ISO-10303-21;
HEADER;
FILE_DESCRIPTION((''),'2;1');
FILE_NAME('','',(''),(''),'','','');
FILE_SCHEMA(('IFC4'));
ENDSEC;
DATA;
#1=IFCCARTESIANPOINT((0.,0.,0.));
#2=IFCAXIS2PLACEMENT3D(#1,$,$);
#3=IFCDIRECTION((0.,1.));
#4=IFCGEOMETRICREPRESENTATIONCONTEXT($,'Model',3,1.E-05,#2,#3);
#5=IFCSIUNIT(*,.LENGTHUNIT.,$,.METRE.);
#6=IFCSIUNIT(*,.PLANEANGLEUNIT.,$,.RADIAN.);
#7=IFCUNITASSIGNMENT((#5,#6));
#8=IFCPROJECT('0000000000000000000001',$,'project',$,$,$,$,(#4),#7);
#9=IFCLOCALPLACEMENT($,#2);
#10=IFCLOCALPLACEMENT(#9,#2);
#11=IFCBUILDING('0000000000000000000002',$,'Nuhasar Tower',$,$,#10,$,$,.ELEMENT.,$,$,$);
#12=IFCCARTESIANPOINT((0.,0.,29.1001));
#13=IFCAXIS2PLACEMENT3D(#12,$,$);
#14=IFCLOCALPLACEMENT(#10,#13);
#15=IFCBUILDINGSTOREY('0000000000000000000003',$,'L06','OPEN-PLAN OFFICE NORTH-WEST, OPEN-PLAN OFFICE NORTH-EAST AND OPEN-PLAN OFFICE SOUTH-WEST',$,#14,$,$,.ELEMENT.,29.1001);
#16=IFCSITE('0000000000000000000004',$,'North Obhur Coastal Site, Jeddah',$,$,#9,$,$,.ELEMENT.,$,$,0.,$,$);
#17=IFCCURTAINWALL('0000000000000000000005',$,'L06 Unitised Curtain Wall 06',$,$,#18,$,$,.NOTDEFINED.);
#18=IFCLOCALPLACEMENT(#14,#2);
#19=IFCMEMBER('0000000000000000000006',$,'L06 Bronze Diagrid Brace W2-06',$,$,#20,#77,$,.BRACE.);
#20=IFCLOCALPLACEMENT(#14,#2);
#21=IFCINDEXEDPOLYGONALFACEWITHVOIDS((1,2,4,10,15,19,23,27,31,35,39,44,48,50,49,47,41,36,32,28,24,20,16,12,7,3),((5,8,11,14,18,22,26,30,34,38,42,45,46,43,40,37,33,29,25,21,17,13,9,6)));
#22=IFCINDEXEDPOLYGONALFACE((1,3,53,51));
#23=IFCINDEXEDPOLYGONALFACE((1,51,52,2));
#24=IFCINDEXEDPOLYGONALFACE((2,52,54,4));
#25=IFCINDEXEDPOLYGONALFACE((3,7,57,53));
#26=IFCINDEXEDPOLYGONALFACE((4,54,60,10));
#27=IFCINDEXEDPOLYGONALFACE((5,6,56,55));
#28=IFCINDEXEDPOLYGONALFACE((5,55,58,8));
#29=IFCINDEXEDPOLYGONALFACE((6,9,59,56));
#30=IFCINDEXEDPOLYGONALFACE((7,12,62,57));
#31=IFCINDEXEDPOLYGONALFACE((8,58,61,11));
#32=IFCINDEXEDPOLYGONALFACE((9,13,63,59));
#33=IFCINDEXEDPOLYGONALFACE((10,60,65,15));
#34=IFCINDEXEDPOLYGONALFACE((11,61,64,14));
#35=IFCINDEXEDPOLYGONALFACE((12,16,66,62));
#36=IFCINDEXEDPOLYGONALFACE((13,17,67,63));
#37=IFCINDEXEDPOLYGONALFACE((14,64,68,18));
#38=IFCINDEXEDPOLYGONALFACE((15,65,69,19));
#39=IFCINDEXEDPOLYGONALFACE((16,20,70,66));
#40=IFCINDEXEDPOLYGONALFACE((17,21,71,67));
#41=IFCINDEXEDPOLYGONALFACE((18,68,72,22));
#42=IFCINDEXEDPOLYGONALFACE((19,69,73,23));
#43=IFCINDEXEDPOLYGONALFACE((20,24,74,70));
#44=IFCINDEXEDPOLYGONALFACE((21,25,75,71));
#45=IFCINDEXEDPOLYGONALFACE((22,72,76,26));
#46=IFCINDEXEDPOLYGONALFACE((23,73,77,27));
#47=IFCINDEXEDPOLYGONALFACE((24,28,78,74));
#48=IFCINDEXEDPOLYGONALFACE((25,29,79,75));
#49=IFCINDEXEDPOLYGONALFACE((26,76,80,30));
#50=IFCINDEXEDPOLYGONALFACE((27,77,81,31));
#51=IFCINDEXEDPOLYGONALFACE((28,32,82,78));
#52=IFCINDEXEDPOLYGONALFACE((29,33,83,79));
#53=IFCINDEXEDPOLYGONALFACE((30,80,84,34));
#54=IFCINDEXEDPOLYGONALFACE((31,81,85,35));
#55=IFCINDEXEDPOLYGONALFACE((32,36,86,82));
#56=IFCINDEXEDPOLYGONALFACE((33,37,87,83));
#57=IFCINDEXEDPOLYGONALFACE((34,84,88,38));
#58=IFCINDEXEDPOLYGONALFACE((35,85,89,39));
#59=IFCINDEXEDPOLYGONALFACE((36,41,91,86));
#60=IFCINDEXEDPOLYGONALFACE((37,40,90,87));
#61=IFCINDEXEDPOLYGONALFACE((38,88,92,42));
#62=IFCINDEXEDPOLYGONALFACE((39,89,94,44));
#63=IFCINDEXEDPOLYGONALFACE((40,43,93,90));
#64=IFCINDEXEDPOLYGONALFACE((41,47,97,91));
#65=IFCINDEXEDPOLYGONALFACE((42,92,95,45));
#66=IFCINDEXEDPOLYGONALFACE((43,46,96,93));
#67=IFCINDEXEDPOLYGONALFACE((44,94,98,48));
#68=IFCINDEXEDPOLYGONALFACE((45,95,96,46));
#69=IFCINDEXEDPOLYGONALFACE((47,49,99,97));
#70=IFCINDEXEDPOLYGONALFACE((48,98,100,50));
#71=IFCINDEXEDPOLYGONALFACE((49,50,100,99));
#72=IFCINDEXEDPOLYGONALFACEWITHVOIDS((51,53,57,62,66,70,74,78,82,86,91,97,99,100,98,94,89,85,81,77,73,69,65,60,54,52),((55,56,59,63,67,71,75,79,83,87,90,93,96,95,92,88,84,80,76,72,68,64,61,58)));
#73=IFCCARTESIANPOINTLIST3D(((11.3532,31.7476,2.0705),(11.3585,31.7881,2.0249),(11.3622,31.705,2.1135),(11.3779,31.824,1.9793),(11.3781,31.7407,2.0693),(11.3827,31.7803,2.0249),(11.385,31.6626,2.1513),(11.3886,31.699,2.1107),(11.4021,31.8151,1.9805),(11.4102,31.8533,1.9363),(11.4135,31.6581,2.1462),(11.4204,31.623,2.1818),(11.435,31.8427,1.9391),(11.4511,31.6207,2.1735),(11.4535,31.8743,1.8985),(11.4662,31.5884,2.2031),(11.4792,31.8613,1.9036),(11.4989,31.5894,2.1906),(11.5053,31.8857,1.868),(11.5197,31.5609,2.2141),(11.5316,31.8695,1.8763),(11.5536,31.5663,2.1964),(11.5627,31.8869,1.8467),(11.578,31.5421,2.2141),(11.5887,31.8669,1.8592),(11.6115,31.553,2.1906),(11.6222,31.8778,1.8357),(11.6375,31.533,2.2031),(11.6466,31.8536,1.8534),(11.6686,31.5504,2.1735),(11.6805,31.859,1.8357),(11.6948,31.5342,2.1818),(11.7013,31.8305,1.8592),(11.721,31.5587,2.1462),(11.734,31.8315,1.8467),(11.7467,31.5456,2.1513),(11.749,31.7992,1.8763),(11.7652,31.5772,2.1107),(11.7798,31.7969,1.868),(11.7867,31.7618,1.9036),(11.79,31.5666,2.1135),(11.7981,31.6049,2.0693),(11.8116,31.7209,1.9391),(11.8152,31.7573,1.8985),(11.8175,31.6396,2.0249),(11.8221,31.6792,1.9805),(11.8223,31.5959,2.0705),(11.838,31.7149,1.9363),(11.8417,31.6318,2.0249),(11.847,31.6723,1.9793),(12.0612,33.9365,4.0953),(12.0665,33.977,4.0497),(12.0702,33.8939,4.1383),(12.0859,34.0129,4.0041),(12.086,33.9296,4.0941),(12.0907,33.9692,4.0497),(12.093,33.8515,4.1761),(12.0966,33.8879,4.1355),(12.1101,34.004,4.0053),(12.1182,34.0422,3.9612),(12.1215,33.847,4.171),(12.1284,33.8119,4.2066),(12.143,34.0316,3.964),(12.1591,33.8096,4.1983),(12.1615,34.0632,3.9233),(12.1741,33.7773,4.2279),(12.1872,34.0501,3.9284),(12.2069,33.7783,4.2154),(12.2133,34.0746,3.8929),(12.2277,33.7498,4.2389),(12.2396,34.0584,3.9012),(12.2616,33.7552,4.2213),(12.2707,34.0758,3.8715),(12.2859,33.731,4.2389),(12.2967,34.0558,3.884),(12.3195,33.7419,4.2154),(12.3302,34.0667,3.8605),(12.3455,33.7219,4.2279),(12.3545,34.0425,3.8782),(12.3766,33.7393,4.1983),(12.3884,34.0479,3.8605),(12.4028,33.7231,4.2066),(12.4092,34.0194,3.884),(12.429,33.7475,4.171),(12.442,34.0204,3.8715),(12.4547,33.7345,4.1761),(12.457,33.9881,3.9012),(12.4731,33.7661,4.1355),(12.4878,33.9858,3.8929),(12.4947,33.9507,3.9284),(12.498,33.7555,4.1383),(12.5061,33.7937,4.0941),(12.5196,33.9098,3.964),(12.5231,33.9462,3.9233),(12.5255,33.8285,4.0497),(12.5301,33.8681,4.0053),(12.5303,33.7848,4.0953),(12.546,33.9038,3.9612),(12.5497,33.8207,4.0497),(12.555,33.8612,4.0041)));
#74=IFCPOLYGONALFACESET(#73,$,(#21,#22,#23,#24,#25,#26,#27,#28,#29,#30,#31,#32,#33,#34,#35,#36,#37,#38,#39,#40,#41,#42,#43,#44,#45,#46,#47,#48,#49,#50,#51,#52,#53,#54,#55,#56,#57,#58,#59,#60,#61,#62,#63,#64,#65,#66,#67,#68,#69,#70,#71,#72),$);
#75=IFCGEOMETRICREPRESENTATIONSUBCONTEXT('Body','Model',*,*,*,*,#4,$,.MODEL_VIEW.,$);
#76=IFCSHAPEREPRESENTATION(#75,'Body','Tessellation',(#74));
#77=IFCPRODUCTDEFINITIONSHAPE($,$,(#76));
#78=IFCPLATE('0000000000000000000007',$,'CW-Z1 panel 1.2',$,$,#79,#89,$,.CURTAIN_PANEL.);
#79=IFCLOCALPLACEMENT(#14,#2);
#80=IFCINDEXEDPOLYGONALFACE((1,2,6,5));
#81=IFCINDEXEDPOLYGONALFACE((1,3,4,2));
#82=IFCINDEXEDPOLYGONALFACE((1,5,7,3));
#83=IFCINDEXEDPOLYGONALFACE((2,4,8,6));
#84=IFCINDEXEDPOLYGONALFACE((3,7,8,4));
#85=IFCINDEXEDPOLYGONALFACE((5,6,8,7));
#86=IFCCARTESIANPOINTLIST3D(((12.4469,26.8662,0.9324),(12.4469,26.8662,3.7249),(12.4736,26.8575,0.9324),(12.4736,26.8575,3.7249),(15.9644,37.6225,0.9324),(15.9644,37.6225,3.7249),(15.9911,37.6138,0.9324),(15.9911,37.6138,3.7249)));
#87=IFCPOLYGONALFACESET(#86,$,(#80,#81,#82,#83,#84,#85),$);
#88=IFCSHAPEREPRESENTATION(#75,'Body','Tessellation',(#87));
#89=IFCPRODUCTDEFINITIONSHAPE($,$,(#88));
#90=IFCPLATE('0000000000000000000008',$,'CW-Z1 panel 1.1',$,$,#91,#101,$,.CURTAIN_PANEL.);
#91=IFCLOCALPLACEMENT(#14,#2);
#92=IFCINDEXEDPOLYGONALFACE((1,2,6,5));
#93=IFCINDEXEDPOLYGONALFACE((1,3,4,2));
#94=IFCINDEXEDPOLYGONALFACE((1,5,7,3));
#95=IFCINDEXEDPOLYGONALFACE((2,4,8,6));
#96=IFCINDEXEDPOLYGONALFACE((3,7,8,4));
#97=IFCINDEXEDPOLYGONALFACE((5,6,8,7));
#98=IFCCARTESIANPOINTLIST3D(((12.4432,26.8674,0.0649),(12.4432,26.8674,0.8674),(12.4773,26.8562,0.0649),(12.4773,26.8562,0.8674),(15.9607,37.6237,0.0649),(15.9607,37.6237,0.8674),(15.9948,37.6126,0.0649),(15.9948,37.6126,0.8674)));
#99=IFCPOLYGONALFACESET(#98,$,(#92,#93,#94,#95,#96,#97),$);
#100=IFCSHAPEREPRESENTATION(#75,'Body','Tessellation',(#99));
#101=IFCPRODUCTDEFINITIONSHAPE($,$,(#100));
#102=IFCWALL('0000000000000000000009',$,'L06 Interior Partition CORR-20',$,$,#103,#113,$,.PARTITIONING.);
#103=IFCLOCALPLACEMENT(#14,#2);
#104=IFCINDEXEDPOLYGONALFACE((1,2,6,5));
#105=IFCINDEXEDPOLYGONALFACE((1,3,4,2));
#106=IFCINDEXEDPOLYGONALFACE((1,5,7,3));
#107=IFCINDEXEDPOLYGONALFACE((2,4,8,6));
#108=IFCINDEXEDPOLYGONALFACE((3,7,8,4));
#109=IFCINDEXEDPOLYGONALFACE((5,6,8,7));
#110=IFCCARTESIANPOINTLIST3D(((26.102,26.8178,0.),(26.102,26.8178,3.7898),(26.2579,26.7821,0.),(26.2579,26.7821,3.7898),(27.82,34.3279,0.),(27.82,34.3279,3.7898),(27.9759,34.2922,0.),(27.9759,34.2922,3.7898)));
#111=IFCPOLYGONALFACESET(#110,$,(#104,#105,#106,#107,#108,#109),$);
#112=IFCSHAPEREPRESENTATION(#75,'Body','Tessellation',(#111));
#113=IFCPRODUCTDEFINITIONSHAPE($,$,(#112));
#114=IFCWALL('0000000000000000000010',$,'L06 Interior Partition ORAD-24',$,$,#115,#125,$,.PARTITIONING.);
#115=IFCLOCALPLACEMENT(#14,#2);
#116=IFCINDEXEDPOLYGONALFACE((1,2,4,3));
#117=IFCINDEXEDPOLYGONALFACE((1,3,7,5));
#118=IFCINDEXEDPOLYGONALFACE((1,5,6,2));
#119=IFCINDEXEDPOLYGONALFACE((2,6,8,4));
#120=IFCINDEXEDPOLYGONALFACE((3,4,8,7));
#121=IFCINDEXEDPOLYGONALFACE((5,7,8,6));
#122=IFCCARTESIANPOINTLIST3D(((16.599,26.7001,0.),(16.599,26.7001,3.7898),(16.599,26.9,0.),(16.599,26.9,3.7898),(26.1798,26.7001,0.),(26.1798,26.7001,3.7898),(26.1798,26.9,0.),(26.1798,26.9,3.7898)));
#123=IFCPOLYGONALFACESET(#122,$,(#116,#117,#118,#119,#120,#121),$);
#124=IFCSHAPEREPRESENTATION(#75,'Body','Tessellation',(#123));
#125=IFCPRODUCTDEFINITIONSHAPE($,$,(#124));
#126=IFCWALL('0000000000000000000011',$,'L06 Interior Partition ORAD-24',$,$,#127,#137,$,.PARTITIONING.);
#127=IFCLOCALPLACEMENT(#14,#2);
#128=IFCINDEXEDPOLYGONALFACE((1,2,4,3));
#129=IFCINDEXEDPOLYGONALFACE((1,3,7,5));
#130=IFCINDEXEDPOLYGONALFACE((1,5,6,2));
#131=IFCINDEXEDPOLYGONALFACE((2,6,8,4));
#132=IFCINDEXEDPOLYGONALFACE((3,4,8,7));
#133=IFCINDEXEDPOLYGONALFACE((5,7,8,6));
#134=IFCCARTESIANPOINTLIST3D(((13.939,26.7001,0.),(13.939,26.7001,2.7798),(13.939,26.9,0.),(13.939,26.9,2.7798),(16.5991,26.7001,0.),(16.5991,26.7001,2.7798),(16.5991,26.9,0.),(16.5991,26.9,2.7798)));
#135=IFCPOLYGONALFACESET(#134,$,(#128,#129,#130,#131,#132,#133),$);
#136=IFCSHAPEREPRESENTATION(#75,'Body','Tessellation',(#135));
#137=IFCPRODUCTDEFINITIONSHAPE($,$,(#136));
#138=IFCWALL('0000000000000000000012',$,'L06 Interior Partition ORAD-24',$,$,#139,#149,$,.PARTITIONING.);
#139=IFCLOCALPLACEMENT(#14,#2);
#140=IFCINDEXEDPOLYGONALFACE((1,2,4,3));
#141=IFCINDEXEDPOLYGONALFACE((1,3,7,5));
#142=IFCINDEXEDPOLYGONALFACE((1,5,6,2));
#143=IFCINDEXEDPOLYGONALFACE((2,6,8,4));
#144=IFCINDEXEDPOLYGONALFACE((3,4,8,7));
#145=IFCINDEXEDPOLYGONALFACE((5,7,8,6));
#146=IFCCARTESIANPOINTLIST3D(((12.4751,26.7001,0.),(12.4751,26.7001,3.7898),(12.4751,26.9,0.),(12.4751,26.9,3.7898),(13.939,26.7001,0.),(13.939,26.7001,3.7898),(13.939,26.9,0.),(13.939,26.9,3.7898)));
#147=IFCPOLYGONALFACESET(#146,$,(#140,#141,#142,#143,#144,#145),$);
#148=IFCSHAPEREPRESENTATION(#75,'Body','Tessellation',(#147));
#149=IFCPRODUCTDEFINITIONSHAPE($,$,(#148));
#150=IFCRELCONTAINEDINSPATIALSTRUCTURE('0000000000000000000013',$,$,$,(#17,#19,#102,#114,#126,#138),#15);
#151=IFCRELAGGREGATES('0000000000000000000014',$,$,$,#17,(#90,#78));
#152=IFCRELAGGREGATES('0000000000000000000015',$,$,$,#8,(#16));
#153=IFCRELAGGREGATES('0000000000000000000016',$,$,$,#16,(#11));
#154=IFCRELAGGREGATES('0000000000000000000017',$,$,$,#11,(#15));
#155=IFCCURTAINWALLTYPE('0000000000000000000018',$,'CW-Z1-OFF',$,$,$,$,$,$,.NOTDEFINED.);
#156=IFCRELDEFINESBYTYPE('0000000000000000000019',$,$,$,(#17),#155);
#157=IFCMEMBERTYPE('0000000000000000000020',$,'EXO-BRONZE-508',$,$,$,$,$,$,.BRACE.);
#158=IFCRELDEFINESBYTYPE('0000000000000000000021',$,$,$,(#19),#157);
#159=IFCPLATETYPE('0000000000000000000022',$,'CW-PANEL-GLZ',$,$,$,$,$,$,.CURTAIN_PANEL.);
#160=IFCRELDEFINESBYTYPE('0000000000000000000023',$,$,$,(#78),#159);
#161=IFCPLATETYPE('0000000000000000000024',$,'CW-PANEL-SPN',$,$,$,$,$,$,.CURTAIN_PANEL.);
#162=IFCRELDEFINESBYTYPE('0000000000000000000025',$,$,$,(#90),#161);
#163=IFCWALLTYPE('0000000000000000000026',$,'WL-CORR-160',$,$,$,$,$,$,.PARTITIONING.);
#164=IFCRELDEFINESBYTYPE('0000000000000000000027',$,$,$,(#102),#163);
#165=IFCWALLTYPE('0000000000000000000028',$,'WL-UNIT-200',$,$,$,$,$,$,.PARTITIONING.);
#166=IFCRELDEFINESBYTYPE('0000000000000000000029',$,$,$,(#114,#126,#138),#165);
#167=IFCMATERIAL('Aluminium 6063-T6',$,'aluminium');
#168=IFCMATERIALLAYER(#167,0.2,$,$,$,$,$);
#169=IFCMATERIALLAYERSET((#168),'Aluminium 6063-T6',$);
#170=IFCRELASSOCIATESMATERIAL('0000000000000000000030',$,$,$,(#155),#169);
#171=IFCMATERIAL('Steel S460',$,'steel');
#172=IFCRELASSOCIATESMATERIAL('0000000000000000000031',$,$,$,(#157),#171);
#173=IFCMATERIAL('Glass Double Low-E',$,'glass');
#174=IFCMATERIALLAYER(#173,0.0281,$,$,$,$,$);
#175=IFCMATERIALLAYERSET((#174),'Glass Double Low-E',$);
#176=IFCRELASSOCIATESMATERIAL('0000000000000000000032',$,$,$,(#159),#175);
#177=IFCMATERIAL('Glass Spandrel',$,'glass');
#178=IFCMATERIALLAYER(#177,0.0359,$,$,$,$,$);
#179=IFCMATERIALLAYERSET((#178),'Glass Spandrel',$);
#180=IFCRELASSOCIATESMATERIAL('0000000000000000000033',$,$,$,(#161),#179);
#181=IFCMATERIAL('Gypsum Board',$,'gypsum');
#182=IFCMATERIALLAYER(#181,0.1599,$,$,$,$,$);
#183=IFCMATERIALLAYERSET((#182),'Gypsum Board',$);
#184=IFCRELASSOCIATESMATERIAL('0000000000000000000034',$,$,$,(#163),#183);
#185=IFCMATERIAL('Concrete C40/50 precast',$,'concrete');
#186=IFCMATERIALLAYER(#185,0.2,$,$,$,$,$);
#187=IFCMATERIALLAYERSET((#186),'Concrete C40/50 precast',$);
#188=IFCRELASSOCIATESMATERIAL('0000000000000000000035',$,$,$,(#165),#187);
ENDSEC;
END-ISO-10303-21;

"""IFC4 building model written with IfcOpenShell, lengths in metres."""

from ifc_helpers import new_model, si_unit, direction, frame, frame_2d, origin, origin_2d, place, context, subcontext, project, spatial, rectangle, hollow_circle, extrude, material, layer, layer_set, material_profile, profile_set, type_object, element, aggregate, save


model = new_model("IFC4")

# Units and contexts
model_context = context("Model", 3, precision=1e-05, world=origin(), true_north=direction((0.0, 1.0)))
body_context = subcontext(model_context, "Body", "Model", "MODEL_VIEW")
ifc_project = project(units=[si_unit("LENGTHUNIT", "METRE"), si_unit("PLANEANGLEUNIT", "RADIAN")], contexts=[model_context])

# Site, building, storey
site_placement = place(None, origin())
site = spatial("IfcSite", under=ifc_project, at=site_placement, Name="North Obhur Coastal Site, Jeddah", CompositionType="ELEMENT", RefElevation=0.0)
building_placement = place(site_placement, origin())
building = spatial("IfcBuilding", under=site, at=building_placement, Name="Nuhasar Tower", CompositionType="ELEMENT")
storey_placement = place(building_placement, frame((0.0, 0.0, 29.1001)))
storey = spatial("IfcBuildingStorey", under=building, at=storey_placement, Name="L06", Description="OPEN-PLAN OFFICE NORTH-WEST, OPEN-PLAN OFFICE NORTH-EAST AND OPEN-PLAN OFFICE SOUTH-WEST", CompositionType="ELEMENT", Elevation=29.1001)

# Curtain wall
ifc_material_1 = material(Name="Aluminium 6063-T6", Category="aluminium")
ifc_layer_1 = layer(ifc_material_1, 0.2)
ifc_layer_set_1 = layer_set([ifc_layer_1], Name="Aluminium 6063-T6")
curtain_wall_type = type_object("IfcCurtainWallType", Name="CW-Z1-OFF", PredefinedType="NOTDEFINED", material=ifc_layer_set_1)
curtain_wall_1_placement = place(storey_placement, origin())
curtain_wall_1 = element("IfcCurtainWall", 1, at=curtain_wall_1_placement, inside=storey, type_object=curtain_wall_type, Name="L06 Unitised Curtain Wall 06", PredefinedType="NOTDEFINED")

# Member
ifc_material_2 = material(Name="Steel S460", Category="steel")
ifc_material_profile_1 = material_profile(ifc_material_2, hollow_circle(Radius=0.2539, WallThickness=0.0254, at=origin_2d()), Name="HSS508X25.4")
ifc_profile_set_1 = profile_set([ifc_material_profile_1], Name="Steel S460")
member_type_1 = type_object("IfcMemberType", Name="EXO-BRONZE-508", PredefinedType="BRACE", material=ifc_profile_set_1)
for number, where, z_axis, x_axis, name in (
    (2, (11.6001, 31.71, 2.0249), (0.231012, 0.714225, 0.660694), (-0.951468, 0.307747, 0.0), "L06 Bronze Diagrid Brace W2-06"),
):
    element("IfcMember", number, at=place(storey_placement, frame(where, z_axis=z_axis, x_axis=x_axis)), inside=storey, type_object=member_type_1, Name=name, PredefinedType="BRACE", context=body_context, shape_type="SweptSolid", body=[
        extrude(hollow_circle(Radius=0.2539, WallThickness=0.0254, at=origin_2d()), origin(), (0.0, 0.0, 1.0), 3.0647),
    ])

# Plates
ifc_material_3 = material(Name="Glass Double Low-E", Category="glass")
ifc_layer_2 = layer(ifc_material_3, 0.0281)
ifc_layer_set_2 = layer_set([ifc_layer_2], Name="Glass Double Low-E")
plate_type_1 = type_object("IfcPlateType", Name="CW-PANEL-GLZ", PredefinedType="CURTAIN_PANEL", material=ifc_layer_set_2)
plate_1_placement = place(storey_placement, frame((14.219, 32.24, 0.9324), z_axis=(0.0, 0.0, 1.0), x_axis=(-0.310824, -0.950468, 0.0)))
plate_1 = element("IfcPlate", 3, at=plate_1_placement, type_object=plate_type_1, Name="CW-Z1 panel 1.2", PredefinedType="CURTAIN_PANEL", context=body_context, shape_type="SweptSolid", body=[
    extrude(rectangle(XDim=11.3169, YDim=0.0281, at=origin_2d()), origin(), (0.0, 0.0, 1.0), 2.7925),
])
ifc_material_4 = material(Name="Glass Spandrel", Category="glass")
ifc_layer_3 = layer(ifc_material_4, 0.0359)
ifc_layer_set_3 = layer_set([ifc_layer_3], Name="Glass Spandrel")
plate_type_2 = type_object("IfcPlateType", Name="CW-PANEL-SPN", PredefinedType="CURTAIN_PANEL", material=ifc_layer_set_3)
plate_2_placement = place(storey_placement, frame((14.219, 32.24, 0.0649), z_axis=(0.0, 0.0, 1.0), x_axis=(-0.310824, -0.950468, 0.0)))
plate_2 = element("IfcPlate", 4, at=plate_2_placement, type_object=plate_type_2, Name="CW-Z1 panel 1.1", PredefinedType="CURTAIN_PANEL", context=body_context, shape_type="SweptSolid", body=[
    extrude(rectangle(XDim=11.3169, YDim=0.0359, at=origin_2d()), origin(), (0.0, 0.0, 1.0), 0.8025),
])
aggregate(curtain_wall_1, [plate_2, plate_1])

# Walls
ifc_material_5 = material(Name="Gypsum Board", Category="gypsum")
ifc_layer_4 = layer(ifc_material_5, 0.1599)
ifc_layer_set_4 = layer_set([ifc_layer_4], Name="Gypsum Board")
wall_type_1 = type_object("IfcWallType", Name="WL-CORR-160", PredefinedType="PARTITIONING", material=ifc_layer_set_4)
wall_1_placement = place(storey_placement, frame((27.8979, 34.3101, 0.0), z_axis=(0.0, 0.0, 1.0), x_axis=(-0.223003, -0.974818, 0.0)))
element("IfcWall", 5, at=wall_1_placement, inside=storey, type_object=wall_type_1, Name="L06 Interior Partition CORR-20", PredefinedType="PARTITIONING", context=body_context, shape_type="SweptSolid", body=[
    extrude(rectangle(XDim=7.7041, YDim=0.1599, at=frame_2d((3.8521, 0.0))), origin(), (0.0, 0.0, 1.0), 3.7898),
])
ifc_material_6 = material(Name="Concrete C40/50 precast", Category="concrete")
ifc_layer_5 = layer(ifc_material_6, 0.2)
ifc_layer_set_5 = layer_set([ifc_layer_5], Name="Concrete C40/50 precast")
wall_type_2 = type_object("IfcWallType", Name="WL-UNIT-200", PredefinedType="PARTITIONING", material=ifc_layer_set_5)
wall_2_placement = place(storey_placement, frame((26.1799, 26.8, 0.0), z_axis=(0.0, 0.0, 1.0), x_axis=(-1.0, 0.0, 0.0)))
element("IfcWall", 6, at=wall_2_placement, inside=storey, type_object=wall_type_2, Name="L06 Interior Partition ORAD-24", PredefinedType="PARTITIONING", context=body_context, shape_type="SweptSolid", body=[
    extrude(rectangle(XDim=9.5808, YDim=0.2, at=frame_2d((4.7905, 0.0))), origin(), (0.0, 0.0, 1.0), 3.7898),
])
wall_3_placement = place(storey_placement, frame((16.5991, 26.8, 0.0), z_axis=(0.0, 0.0, 1.0), x_axis=(-1.0, 0.0, 0.0)))
element("IfcWall", 7, at=wall_3_placement, inside=storey, type_object=wall_type_2, Name="L06 Interior Partition ORAD-24", PredefinedType="PARTITIONING", context=body_context, shape_type="SweptSolid", body=[
    extrude(rectangle(XDim=2.6602, YDim=0.2, at=frame_2d((1.3301, 0.0))), origin(), (0.0, 0.0, 1.0), 2.7798),
])
wall_4_placement = place(storey_placement, frame((13.939, 26.8, 0.0), z_axis=(0.0, 0.0, 1.0), x_axis=(-1.0, 0.0, 0.0)))
element("IfcWall", 8, at=wall_4_placement, inside=storey, type_object=wall_type_2, Name="L06 Interior Partition ORAD-24", PredefinedType="PARTITIONING", context=body_context, shape_type="SweptSolid", body=[
    extrude(rectangle(XDim=1.4639, YDim=0.2, at=frame_2d((0.7319, 0.0))), origin(), (0.0, 0.0, 1.0), 3.7898),
])

save(model, "model.ifc")
